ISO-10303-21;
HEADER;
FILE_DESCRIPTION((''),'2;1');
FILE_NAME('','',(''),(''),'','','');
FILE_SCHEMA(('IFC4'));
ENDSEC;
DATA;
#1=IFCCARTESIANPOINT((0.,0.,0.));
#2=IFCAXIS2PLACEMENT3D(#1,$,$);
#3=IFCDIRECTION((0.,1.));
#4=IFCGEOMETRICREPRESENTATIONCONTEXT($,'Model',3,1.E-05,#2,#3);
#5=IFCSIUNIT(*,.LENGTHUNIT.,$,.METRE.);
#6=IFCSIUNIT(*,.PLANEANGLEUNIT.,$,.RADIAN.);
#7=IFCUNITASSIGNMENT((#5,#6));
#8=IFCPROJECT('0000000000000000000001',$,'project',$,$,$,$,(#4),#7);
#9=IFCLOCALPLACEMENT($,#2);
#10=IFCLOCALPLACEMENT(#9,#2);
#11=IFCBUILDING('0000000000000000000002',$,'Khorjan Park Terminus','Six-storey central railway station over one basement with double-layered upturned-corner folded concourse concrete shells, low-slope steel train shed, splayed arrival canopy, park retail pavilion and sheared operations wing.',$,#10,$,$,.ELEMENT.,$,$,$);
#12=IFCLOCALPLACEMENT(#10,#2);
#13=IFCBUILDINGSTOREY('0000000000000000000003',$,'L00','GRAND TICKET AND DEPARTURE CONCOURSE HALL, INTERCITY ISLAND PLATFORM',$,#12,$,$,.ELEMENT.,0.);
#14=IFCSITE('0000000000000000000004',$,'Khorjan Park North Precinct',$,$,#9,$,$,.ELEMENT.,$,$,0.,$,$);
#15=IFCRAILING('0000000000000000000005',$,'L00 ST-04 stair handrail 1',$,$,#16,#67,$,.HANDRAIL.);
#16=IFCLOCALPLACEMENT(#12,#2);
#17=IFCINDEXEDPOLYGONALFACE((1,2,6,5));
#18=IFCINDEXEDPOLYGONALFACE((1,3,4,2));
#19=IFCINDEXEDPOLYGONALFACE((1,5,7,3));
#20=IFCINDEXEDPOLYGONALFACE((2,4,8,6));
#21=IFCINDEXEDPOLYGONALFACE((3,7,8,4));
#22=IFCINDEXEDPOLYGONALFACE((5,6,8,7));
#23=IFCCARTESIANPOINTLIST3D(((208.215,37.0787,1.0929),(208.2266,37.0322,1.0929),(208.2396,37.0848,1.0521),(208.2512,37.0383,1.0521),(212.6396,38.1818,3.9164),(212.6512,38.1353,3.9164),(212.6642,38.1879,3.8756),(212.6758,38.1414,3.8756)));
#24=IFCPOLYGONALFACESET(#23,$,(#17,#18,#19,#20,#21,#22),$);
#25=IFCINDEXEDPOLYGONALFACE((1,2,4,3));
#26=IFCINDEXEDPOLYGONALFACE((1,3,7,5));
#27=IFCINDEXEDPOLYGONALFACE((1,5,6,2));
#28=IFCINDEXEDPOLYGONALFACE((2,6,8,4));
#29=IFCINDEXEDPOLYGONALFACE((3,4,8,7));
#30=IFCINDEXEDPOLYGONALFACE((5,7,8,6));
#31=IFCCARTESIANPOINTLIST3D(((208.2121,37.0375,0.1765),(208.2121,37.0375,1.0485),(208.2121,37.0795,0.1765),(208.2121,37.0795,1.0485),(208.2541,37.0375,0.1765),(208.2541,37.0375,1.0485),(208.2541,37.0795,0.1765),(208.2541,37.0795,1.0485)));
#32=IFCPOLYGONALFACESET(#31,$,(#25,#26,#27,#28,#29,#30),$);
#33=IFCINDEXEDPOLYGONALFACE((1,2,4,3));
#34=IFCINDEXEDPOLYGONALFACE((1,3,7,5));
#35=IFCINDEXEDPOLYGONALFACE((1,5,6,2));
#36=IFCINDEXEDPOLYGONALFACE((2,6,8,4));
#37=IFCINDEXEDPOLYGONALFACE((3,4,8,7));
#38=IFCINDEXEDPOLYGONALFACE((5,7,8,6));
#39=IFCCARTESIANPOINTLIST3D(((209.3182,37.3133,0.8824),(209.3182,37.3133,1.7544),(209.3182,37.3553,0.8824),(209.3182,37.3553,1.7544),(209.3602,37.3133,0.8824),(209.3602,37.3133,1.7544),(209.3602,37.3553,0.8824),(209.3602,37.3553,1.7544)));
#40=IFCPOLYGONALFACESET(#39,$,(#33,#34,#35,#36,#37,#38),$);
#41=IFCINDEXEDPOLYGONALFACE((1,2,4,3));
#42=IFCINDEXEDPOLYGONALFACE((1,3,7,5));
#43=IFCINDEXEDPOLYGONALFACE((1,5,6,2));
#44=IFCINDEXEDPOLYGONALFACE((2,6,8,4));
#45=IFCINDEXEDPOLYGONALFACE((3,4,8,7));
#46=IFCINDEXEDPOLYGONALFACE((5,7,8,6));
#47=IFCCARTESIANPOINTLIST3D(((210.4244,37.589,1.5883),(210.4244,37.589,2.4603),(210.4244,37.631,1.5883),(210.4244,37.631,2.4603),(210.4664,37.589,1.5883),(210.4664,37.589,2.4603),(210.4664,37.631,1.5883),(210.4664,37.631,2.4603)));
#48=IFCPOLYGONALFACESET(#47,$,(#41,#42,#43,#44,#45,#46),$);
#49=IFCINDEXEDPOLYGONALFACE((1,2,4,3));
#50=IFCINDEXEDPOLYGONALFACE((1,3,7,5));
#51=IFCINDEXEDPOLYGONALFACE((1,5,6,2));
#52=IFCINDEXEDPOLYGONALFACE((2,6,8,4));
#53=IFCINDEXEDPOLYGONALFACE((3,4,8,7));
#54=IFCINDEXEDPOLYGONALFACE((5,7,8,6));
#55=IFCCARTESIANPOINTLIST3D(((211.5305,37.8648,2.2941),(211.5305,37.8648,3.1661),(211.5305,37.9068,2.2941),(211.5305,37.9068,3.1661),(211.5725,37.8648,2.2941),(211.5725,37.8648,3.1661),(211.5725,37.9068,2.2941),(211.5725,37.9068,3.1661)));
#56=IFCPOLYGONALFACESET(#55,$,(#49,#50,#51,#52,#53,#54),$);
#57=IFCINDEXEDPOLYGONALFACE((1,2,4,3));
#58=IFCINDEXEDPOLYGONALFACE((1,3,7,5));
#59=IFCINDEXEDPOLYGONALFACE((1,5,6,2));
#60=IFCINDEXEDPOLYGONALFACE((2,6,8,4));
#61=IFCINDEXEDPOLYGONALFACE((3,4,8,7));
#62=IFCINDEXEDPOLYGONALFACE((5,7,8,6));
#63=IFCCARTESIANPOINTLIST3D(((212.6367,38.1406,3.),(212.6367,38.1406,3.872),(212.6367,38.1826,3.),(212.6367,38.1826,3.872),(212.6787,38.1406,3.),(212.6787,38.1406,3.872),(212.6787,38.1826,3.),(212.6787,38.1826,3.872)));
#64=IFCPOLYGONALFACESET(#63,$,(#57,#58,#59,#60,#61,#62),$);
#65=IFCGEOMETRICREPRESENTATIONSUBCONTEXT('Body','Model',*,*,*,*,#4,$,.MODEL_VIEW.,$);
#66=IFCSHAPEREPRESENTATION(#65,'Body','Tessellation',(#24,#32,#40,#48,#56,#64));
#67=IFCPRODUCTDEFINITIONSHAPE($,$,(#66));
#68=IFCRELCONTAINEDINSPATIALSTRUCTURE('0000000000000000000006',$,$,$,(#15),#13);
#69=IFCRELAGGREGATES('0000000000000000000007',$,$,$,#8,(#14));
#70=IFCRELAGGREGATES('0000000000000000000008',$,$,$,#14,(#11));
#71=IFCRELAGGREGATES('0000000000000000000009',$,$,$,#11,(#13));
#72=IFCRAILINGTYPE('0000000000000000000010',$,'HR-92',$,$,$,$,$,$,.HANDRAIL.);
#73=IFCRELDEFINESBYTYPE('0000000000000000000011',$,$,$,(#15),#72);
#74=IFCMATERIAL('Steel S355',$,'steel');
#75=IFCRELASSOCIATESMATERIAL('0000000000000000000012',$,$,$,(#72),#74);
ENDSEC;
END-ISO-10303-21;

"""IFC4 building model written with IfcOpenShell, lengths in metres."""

from ifc_helpers import new_model, si_unit, direction, frame, origin, origin_2d, place, context, subcontext, project, spatial, rectangle, extrude, material, type_object, element, save


model = new_model("IFC4")

# Units and contexts
model_context = context("Model", 3, precision=1e-05, world=origin(), true_north=direction((0.0, 1.0)))
body_context = subcontext(model_context, "Body", "Model", "MODEL_VIEW")
ifc_project = project(units=[si_unit("LENGTHUNIT", "METRE"), si_unit("PLANEANGLEUNIT", "RADIAN")], contexts=[model_context])

# Site, building, storey
site_placement = place(None, origin())
site = spatial("IfcSite", under=ifc_project, at=site_placement, Name="Khorjan Park North Precinct", CompositionType="ELEMENT", RefElevation=0.0)
building_placement = place(site_placement, origin())
building = spatial("IfcBuilding", under=site, at=building_placement, Name="Khorjan Park Terminus", Description="Six-storey central railway station over one basement with double-layered upturned-corner folded concourse concrete shells, low-slope steel train shed, splayed arrival canopy, park retail pavilion and sheared operations wing.", CompositionType="ELEMENT")
storey_placement = place(building_placement, origin())
storey = spatial("IfcBuildingStorey", under=building, at=storey_placement, Name="L00", Description="GRAND TICKET AND DEPARTURE CONCOURSE HALL, INTERCITY ISLAND PLATFORM", CompositionType="ELEMENT", Elevation=0.0)

# Shared definitions
ifc_material_1 = material(Name="Steel S355", Category="steel")

# Railing
railing_type_1 = type_object("IfcRailingType", Name="HR-92", PredefinedType="HANDRAIL", material=ifc_material_1)
railing_1_placement = place(storey_placement, frame((208.2331, 37.0585, 0.1765)))
element("IfcRailing", 1, at=railing_1_placement, inside=storey, type_object=railing_type_1, Name="L00 ST-04 stair handrail 1", PredefinedType="HANDRAIL", context=body_context, shape_type="SweptSolid", body=[
    extrude(rectangle(XDim=0.048, YDim=0.048, at=origin_2d()), frame((0.0, 0.0, 0.896), z_axis=(0.824962, 0.205672, 0.526438), x_axis=(-0.241906, 0.9703, 0.0)), (0.0, 0.0, 1.0), 5.3634),
    extrude(rectangle(XDim=0.042, YDim=0.042, at=origin_2d()), origin(), (0.0, 0.0, 1.0), 0.872),
    extrude(rectangle(XDim=0.042, YDim=0.042, at=origin_2d()), frame((1.1061, 0.2758, 0.7059)), (0.0, 0.0, 1.0), 0.872),
    extrude(rectangle(XDim=0.042, YDim=0.042, at=origin_2d()), frame((2.2123, 0.5515, 1.4118)), (0.0, 0.0, 1.0), 0.872),
    extrude(rectangle(XDim=0.042, YDim=0.042, at=origin_2d()), frame((3.3184, 0.8273, 2.1176)), (0.0, 0.0, 1.0), 0.872),
    extrude(rectangle(XDim=0.042, YDim=0.042, at=origin_2d()), frame((4.4246, 1.1031, 2.8235)), (0.0, 0.0, 1.0), 0.872),
])

save(model, "model.ifc")
